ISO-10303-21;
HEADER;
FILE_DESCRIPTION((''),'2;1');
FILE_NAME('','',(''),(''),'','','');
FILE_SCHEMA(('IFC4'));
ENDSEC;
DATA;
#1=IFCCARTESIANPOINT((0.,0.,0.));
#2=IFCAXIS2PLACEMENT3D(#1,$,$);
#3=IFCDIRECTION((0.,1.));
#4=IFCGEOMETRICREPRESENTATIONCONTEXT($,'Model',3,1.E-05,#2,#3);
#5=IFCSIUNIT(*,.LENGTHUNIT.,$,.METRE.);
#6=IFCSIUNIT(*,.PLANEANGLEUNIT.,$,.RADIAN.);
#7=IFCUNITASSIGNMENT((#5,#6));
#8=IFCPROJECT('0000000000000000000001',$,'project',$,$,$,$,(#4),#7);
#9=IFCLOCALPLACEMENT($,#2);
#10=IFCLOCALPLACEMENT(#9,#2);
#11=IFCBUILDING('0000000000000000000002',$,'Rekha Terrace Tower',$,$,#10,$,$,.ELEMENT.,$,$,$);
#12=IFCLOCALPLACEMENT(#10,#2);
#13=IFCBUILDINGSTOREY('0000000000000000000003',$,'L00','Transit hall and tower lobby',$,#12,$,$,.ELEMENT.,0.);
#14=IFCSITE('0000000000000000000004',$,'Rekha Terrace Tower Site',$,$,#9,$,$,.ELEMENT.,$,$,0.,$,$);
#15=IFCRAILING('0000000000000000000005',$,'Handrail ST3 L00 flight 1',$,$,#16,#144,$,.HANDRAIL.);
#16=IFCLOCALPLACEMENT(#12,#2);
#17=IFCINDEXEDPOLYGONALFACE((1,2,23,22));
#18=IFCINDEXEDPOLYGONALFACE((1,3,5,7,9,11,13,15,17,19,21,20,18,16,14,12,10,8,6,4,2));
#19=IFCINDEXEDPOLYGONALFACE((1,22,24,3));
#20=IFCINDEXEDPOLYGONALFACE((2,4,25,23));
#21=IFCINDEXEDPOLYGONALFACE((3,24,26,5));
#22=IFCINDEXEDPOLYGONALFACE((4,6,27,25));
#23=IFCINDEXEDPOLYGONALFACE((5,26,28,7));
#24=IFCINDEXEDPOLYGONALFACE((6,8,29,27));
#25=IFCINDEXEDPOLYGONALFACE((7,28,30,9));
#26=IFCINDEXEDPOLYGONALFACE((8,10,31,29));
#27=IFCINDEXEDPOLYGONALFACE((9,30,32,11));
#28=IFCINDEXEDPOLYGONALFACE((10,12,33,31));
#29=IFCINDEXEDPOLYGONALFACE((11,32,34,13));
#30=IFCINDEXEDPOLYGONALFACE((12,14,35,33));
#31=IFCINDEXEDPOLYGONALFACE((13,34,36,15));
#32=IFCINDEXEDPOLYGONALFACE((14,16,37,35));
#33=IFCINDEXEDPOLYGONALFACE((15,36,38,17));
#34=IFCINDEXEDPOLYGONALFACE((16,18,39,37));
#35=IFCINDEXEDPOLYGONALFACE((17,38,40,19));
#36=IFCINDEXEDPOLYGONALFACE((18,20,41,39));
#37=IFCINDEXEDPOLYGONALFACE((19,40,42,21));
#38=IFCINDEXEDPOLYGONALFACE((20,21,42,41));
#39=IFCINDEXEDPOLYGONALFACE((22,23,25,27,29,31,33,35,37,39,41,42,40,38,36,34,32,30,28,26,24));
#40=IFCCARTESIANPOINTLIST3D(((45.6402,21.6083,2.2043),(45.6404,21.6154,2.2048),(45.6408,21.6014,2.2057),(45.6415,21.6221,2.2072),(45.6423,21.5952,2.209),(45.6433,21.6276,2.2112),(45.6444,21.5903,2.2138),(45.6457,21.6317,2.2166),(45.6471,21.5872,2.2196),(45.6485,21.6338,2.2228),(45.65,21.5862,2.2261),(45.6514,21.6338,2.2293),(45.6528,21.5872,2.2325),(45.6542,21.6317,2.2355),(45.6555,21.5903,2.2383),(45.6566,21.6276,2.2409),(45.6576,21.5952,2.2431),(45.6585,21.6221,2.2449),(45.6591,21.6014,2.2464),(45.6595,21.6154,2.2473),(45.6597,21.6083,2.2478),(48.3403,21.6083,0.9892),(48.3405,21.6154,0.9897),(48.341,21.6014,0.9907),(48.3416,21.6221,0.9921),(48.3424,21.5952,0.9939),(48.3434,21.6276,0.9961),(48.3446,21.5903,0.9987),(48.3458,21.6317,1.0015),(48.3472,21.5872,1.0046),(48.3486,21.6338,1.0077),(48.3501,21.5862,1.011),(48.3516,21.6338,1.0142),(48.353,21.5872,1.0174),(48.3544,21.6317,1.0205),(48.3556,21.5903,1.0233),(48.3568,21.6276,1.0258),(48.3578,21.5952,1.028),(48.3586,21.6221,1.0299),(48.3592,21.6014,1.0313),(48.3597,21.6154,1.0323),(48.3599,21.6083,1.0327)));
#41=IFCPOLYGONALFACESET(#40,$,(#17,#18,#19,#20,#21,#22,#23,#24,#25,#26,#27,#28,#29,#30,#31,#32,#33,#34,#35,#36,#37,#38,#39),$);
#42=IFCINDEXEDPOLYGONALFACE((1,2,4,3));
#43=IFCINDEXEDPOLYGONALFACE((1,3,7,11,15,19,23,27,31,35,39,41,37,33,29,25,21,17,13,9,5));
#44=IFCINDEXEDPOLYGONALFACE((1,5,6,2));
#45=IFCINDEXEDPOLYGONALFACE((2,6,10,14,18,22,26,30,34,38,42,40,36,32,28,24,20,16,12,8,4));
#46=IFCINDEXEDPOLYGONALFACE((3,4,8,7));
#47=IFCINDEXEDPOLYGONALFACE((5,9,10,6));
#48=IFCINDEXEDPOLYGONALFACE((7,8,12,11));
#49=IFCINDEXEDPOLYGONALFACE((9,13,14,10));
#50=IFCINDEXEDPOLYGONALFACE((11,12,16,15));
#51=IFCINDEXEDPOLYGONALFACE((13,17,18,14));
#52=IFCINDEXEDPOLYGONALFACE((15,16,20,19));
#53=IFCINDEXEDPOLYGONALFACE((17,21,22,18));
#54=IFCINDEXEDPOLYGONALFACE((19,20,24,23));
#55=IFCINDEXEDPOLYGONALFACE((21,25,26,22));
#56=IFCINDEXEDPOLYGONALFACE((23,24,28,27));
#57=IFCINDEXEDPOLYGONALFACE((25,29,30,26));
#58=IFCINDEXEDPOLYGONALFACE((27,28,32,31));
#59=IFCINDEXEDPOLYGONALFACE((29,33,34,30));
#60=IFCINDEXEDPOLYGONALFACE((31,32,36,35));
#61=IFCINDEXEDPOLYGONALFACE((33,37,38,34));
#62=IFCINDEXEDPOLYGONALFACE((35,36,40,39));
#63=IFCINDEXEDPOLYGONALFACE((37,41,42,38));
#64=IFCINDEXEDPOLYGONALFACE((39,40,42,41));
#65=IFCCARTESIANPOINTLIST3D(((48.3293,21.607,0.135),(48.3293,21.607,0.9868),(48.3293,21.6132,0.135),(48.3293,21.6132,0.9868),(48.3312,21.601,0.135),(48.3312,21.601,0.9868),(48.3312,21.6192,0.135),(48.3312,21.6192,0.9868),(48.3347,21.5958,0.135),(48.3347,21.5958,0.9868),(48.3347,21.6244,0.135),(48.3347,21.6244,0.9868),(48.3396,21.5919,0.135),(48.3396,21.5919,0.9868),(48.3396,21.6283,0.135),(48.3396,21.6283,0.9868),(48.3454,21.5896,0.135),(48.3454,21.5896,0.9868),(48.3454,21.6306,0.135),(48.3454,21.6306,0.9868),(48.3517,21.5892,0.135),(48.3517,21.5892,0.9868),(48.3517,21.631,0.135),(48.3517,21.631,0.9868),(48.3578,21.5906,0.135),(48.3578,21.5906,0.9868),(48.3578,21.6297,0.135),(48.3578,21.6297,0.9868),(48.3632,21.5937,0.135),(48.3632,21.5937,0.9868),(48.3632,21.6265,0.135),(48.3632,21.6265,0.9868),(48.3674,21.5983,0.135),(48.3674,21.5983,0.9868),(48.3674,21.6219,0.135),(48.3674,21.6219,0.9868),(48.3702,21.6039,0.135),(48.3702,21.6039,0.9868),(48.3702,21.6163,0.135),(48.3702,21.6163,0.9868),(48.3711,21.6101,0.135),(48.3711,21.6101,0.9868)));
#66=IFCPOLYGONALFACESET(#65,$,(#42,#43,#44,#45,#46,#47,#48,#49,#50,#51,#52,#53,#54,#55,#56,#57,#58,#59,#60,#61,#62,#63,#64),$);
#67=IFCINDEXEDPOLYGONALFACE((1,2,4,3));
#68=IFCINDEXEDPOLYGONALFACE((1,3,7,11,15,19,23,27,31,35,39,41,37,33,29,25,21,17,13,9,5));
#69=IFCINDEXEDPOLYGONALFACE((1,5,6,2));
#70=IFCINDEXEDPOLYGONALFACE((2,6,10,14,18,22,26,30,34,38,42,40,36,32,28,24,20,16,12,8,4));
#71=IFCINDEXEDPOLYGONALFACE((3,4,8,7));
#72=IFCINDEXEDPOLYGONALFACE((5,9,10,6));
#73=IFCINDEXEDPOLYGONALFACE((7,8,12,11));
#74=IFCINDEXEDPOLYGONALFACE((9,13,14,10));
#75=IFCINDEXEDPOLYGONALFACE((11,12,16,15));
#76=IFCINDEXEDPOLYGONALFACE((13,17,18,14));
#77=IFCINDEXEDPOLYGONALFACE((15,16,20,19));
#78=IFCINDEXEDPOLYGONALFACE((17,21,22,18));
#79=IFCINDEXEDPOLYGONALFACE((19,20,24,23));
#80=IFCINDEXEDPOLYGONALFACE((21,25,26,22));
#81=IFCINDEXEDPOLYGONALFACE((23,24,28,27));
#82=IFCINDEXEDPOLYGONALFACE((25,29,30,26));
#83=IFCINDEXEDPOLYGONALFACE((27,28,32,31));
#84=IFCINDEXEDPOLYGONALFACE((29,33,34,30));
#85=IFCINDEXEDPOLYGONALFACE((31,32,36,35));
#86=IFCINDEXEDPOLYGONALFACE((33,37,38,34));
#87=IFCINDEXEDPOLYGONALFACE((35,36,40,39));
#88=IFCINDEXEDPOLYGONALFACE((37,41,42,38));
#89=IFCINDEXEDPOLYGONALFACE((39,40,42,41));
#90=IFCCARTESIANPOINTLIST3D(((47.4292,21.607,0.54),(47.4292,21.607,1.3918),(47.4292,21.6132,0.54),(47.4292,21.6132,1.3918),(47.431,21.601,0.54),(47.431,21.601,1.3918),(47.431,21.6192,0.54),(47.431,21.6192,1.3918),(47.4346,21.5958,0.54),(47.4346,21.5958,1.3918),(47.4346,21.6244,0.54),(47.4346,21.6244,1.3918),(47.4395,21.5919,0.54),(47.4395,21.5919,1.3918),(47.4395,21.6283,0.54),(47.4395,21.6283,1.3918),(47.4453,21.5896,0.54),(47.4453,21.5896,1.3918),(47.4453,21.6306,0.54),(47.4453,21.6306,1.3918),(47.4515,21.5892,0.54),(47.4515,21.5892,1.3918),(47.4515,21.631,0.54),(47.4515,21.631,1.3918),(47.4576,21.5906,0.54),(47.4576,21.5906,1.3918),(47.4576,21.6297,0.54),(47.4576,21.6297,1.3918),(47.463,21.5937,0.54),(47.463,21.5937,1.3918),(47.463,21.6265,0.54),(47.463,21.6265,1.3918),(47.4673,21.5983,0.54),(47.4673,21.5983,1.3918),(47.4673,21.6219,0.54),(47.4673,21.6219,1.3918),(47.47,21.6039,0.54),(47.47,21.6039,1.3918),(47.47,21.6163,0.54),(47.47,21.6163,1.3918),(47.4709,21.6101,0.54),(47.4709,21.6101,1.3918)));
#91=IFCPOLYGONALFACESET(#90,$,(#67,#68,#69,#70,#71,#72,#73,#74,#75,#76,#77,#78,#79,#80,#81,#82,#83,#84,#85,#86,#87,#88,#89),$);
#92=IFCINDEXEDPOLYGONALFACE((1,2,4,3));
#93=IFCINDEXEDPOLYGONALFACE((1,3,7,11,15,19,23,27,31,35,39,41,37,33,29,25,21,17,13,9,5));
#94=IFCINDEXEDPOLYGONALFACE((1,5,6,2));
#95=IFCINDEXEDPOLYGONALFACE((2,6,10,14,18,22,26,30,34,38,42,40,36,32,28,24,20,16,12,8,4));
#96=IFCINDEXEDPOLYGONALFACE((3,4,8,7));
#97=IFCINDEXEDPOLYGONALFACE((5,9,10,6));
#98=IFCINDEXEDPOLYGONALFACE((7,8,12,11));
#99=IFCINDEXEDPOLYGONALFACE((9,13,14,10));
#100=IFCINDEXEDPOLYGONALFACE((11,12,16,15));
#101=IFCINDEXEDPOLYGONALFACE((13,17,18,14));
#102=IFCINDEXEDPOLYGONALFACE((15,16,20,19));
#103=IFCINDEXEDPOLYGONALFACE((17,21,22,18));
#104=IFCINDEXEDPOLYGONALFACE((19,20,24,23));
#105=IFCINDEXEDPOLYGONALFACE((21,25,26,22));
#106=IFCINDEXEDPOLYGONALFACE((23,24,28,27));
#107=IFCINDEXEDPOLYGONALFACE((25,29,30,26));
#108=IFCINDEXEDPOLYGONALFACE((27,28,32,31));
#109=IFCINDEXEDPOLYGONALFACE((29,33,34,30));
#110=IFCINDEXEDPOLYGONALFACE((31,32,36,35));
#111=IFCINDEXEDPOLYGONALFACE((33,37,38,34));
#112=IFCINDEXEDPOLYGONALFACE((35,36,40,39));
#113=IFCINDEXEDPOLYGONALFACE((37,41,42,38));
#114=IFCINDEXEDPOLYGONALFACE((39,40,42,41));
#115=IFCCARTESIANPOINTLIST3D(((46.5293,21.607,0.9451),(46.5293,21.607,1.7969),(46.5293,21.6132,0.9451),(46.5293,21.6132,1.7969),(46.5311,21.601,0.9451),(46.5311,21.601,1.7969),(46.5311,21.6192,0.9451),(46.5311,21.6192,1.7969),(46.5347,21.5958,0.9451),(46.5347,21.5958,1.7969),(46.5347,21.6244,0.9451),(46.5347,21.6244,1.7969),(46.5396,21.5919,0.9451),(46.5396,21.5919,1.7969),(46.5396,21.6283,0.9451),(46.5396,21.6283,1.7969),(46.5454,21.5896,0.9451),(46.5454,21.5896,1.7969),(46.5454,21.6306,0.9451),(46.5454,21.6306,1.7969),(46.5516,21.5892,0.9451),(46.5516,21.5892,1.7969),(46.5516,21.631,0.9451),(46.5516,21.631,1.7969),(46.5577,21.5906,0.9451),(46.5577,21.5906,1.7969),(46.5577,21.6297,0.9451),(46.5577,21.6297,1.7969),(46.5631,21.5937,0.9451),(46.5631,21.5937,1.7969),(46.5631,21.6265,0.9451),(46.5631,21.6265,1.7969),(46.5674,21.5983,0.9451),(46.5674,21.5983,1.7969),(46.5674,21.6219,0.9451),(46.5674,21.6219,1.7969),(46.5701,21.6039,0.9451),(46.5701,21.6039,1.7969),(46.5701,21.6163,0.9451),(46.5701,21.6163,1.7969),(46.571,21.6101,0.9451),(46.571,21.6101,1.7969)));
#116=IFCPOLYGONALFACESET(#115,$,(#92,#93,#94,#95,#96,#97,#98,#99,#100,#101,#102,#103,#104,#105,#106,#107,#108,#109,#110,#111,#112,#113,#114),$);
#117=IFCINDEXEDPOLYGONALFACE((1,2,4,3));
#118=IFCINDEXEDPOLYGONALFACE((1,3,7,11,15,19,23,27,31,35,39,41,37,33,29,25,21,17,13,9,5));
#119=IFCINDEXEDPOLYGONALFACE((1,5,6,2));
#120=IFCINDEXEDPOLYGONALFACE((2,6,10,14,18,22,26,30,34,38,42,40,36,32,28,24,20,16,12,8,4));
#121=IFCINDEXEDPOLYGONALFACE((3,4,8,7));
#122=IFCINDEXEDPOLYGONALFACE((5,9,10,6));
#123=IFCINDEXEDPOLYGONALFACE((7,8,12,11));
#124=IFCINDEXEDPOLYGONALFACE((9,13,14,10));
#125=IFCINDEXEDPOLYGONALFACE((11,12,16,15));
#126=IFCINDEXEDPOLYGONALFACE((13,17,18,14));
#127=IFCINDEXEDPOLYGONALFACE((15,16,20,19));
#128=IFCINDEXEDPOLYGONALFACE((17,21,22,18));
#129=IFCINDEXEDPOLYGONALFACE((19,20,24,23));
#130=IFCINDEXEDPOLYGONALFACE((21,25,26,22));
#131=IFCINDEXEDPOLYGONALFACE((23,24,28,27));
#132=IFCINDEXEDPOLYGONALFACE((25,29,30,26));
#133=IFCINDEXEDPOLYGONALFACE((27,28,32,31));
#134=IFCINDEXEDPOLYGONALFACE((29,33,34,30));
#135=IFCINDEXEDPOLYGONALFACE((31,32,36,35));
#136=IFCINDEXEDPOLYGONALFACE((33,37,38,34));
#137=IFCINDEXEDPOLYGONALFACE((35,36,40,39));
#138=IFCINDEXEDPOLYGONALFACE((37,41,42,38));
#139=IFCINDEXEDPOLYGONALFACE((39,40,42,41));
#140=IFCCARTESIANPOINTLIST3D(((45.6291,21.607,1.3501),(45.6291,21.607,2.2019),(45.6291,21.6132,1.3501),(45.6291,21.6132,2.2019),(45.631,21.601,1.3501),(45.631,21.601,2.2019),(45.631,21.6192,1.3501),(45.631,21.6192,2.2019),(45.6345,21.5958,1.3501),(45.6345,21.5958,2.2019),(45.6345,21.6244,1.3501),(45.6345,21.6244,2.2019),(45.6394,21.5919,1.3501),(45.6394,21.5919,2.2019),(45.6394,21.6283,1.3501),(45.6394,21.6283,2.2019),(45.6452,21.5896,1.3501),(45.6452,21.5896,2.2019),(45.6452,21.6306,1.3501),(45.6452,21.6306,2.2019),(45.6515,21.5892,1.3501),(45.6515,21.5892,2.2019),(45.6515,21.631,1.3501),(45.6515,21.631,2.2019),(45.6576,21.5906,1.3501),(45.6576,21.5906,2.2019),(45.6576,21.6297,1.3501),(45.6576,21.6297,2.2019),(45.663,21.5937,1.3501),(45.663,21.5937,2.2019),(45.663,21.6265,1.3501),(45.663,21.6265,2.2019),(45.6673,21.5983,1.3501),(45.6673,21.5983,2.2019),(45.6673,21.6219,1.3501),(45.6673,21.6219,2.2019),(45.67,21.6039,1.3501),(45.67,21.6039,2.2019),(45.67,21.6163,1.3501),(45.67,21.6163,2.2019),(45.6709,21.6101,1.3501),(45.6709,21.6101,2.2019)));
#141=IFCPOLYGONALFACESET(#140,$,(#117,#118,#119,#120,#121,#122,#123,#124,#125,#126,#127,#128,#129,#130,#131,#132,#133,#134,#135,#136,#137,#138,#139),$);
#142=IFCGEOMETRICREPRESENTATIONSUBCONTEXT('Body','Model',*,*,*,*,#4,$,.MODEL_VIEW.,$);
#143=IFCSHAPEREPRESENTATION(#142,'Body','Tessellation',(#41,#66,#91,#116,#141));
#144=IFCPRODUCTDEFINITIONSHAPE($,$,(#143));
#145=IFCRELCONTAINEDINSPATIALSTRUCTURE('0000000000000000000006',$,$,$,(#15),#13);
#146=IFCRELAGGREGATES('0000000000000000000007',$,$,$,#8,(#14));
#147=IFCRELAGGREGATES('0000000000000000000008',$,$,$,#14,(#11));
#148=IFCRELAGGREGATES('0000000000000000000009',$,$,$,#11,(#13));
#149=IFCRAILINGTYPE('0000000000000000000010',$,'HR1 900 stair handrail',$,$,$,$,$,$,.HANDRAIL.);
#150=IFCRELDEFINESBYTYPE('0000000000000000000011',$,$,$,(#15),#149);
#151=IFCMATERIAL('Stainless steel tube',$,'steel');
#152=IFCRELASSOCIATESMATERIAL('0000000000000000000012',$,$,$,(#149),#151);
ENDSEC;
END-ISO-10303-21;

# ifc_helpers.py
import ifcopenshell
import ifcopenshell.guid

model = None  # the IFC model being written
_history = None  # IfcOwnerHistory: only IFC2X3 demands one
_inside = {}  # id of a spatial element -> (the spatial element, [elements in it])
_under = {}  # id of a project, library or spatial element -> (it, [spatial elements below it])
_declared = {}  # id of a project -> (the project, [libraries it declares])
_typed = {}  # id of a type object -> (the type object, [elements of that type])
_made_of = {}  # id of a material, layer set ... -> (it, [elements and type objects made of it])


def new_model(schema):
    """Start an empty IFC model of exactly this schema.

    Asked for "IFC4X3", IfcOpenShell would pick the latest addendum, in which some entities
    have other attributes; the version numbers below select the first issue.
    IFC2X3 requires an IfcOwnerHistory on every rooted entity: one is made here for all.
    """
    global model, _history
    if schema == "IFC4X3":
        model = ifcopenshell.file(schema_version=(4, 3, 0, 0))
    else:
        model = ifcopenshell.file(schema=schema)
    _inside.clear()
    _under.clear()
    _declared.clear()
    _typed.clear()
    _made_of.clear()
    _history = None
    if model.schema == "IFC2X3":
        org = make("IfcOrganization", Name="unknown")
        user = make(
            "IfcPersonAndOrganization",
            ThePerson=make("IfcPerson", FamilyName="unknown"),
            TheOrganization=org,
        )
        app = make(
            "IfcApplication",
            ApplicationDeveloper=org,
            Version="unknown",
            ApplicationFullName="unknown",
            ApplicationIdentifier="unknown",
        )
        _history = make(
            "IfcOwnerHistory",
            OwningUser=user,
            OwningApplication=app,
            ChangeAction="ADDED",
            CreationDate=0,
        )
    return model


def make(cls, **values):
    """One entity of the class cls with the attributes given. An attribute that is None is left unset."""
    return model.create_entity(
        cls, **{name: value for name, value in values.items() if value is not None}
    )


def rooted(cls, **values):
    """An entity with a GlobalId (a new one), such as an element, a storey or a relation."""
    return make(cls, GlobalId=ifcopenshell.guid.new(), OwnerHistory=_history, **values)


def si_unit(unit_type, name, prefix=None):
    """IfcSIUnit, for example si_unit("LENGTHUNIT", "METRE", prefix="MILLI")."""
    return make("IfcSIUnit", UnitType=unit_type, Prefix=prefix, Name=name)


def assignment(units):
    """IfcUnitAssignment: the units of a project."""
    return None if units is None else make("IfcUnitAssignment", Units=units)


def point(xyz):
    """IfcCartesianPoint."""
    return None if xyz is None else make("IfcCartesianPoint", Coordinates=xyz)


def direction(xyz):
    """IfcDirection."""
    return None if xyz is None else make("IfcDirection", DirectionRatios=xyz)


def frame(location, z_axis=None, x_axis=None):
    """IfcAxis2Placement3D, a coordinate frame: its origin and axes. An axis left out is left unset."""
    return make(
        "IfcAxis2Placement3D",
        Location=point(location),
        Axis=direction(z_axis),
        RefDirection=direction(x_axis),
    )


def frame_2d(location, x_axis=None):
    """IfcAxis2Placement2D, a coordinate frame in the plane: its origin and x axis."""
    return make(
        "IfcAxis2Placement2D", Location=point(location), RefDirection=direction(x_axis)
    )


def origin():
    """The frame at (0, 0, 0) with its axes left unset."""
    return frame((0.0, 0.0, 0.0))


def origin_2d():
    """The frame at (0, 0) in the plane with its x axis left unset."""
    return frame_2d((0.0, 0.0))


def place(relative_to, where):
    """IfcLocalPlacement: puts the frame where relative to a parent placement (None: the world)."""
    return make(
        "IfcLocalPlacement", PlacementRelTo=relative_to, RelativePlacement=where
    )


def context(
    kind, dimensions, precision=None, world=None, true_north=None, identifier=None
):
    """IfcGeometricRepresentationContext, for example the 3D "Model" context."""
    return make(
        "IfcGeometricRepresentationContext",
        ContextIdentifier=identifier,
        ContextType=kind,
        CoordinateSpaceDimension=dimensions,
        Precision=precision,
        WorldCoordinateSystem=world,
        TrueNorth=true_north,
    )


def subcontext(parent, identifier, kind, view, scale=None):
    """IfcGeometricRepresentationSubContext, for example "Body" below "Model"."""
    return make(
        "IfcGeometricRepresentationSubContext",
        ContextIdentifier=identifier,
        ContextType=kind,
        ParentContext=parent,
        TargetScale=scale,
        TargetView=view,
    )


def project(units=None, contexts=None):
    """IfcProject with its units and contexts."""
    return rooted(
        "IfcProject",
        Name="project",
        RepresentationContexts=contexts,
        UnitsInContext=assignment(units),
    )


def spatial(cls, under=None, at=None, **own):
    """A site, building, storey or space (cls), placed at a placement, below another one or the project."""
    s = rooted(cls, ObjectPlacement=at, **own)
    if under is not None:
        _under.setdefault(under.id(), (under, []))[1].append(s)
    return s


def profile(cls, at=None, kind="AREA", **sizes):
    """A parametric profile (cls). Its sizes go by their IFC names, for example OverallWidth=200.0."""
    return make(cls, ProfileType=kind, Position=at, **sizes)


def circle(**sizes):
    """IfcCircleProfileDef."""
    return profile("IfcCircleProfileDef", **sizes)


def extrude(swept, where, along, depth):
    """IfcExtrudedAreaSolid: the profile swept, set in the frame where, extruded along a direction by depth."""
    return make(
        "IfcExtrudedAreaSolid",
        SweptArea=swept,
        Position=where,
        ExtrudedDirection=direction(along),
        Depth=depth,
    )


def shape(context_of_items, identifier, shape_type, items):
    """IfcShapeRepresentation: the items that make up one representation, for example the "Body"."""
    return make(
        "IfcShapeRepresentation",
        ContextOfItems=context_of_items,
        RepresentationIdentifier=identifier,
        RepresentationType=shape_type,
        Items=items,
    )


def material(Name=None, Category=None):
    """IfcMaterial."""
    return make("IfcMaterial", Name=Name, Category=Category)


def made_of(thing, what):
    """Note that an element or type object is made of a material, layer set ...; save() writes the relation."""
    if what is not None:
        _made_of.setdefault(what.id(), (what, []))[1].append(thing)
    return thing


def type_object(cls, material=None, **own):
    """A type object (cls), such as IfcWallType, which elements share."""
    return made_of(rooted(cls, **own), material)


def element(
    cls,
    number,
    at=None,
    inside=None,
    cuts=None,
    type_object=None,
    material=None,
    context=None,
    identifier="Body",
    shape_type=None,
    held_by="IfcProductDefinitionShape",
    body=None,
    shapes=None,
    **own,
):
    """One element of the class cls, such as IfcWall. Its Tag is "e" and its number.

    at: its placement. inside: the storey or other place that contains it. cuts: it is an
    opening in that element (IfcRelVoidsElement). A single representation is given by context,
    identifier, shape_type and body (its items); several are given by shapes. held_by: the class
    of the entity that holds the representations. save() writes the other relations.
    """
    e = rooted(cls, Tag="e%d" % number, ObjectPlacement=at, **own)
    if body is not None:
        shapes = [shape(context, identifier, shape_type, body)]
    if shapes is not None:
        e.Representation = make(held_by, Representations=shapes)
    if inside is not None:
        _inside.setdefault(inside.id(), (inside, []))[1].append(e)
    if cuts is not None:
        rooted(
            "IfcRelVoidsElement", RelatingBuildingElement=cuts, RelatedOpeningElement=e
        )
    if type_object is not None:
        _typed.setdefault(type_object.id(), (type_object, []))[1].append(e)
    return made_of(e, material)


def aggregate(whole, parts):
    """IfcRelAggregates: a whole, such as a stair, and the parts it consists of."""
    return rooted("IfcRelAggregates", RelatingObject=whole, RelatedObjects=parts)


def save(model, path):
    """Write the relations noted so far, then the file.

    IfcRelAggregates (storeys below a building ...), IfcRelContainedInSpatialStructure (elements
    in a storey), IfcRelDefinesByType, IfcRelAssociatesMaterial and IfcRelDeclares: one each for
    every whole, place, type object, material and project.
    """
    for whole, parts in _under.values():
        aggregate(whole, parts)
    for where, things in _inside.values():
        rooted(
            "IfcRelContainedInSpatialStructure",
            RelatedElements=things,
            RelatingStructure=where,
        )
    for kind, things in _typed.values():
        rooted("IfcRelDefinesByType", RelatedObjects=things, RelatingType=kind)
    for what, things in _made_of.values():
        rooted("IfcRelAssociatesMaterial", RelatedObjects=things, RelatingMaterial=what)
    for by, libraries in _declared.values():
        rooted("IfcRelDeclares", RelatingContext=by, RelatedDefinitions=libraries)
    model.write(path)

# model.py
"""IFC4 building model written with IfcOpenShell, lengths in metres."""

from ifc_helpers import new_model, si_unit, direction, frame, origin, origin_2d, place, context, subcontext, project, spatial, circle, extrude, material, type_object, element, save


model = new_model("IFC4")

# Units and contexts
model_context = context("Model", 3, precision=1e-05, world=origin(), true_north=direction((0.0, 1.0)))
body_context = subcontext(model_context, "Body", "Model", "MODEL_VIEW")
ifc_project = project(units=[si_unit("LENGTHUNIT", "METRE"), si_unit("PLANEANGLEUNIT", "RADIAN")], contexts=[model_context])

# Site, building, storey
site_placement = place(None, origin())
site = spatial("IfcSite", under=ifc_project, at=site_placement, Name="Rekha Terrace Tower Site", CompositionType="ELEMENT", RefElevation=0.0)
building_placement = place(site_placement, origin())
building = spatial("IfcBuilding", under=site, at=building_placement, Name="Rekha Terrace Tower", CompositionType="ELEMENT")
storey_placement = place(building_placement, origin())
storey = spatial("IfcBuildingStorey", under=building, at=storey_placement, Name="L00", Description="Transit hall and tower lobby", CompositionType="ELEMENT", Elevation=0.0)

# Railing
ifc_material_1 = material(Name="Stainless steel tube", Category="steel")
railing_type_1 = type_object("IfcRailingType", Name="HR1 900 stair handrail", PredefinedType="HANDRAIL", material=ifc_material_1)
railing_1_placement = place(storey_placement, frame((48.3501, 21.6101, 0.135)))
element("IfcRailing", 1, at=railing_1_placement, inside=storey, type_object=railing_type_1, Name="Handrail ST3 L00 flight 1", PredefinedType="HANDRAIL", context=body_context, shape_type="SweptSolid", body=[
    extrude(circle(Radius=0.0239, at=origin_2d()), frame((0.0, 0.0, 0.876), z_axis=(-0.911922, 0.0, 0.410365), x_axis=(0.0, -1.0, 0.0)), (0.0, 0.0, 1.0), 2.9609),
    extrude(circle(Radius=0.021, at=origin_2d()), origin(), (0.0, 0.0, 1.0), 0.8518),
    extrude(circle(Radius=0.021, at=origin_2d()), frame((-0.9001, 0.0, 0.405)), (0.0, 0.0, 1.0), 0.8518),
    extrude(circle(Radius=0.021, at=origin_2d()), frame((-1.8, 0.0, 0.8101)), (0.0, 0.0, 1.0), 0.8518),
    extrude(circle(Radius=0.021, at=origin_2d()), frame((-2.7002, 0.0, 1.2151)), (0.0, 0.0, 1.0), 0.8518),
])

save(model, "model.ifc")
